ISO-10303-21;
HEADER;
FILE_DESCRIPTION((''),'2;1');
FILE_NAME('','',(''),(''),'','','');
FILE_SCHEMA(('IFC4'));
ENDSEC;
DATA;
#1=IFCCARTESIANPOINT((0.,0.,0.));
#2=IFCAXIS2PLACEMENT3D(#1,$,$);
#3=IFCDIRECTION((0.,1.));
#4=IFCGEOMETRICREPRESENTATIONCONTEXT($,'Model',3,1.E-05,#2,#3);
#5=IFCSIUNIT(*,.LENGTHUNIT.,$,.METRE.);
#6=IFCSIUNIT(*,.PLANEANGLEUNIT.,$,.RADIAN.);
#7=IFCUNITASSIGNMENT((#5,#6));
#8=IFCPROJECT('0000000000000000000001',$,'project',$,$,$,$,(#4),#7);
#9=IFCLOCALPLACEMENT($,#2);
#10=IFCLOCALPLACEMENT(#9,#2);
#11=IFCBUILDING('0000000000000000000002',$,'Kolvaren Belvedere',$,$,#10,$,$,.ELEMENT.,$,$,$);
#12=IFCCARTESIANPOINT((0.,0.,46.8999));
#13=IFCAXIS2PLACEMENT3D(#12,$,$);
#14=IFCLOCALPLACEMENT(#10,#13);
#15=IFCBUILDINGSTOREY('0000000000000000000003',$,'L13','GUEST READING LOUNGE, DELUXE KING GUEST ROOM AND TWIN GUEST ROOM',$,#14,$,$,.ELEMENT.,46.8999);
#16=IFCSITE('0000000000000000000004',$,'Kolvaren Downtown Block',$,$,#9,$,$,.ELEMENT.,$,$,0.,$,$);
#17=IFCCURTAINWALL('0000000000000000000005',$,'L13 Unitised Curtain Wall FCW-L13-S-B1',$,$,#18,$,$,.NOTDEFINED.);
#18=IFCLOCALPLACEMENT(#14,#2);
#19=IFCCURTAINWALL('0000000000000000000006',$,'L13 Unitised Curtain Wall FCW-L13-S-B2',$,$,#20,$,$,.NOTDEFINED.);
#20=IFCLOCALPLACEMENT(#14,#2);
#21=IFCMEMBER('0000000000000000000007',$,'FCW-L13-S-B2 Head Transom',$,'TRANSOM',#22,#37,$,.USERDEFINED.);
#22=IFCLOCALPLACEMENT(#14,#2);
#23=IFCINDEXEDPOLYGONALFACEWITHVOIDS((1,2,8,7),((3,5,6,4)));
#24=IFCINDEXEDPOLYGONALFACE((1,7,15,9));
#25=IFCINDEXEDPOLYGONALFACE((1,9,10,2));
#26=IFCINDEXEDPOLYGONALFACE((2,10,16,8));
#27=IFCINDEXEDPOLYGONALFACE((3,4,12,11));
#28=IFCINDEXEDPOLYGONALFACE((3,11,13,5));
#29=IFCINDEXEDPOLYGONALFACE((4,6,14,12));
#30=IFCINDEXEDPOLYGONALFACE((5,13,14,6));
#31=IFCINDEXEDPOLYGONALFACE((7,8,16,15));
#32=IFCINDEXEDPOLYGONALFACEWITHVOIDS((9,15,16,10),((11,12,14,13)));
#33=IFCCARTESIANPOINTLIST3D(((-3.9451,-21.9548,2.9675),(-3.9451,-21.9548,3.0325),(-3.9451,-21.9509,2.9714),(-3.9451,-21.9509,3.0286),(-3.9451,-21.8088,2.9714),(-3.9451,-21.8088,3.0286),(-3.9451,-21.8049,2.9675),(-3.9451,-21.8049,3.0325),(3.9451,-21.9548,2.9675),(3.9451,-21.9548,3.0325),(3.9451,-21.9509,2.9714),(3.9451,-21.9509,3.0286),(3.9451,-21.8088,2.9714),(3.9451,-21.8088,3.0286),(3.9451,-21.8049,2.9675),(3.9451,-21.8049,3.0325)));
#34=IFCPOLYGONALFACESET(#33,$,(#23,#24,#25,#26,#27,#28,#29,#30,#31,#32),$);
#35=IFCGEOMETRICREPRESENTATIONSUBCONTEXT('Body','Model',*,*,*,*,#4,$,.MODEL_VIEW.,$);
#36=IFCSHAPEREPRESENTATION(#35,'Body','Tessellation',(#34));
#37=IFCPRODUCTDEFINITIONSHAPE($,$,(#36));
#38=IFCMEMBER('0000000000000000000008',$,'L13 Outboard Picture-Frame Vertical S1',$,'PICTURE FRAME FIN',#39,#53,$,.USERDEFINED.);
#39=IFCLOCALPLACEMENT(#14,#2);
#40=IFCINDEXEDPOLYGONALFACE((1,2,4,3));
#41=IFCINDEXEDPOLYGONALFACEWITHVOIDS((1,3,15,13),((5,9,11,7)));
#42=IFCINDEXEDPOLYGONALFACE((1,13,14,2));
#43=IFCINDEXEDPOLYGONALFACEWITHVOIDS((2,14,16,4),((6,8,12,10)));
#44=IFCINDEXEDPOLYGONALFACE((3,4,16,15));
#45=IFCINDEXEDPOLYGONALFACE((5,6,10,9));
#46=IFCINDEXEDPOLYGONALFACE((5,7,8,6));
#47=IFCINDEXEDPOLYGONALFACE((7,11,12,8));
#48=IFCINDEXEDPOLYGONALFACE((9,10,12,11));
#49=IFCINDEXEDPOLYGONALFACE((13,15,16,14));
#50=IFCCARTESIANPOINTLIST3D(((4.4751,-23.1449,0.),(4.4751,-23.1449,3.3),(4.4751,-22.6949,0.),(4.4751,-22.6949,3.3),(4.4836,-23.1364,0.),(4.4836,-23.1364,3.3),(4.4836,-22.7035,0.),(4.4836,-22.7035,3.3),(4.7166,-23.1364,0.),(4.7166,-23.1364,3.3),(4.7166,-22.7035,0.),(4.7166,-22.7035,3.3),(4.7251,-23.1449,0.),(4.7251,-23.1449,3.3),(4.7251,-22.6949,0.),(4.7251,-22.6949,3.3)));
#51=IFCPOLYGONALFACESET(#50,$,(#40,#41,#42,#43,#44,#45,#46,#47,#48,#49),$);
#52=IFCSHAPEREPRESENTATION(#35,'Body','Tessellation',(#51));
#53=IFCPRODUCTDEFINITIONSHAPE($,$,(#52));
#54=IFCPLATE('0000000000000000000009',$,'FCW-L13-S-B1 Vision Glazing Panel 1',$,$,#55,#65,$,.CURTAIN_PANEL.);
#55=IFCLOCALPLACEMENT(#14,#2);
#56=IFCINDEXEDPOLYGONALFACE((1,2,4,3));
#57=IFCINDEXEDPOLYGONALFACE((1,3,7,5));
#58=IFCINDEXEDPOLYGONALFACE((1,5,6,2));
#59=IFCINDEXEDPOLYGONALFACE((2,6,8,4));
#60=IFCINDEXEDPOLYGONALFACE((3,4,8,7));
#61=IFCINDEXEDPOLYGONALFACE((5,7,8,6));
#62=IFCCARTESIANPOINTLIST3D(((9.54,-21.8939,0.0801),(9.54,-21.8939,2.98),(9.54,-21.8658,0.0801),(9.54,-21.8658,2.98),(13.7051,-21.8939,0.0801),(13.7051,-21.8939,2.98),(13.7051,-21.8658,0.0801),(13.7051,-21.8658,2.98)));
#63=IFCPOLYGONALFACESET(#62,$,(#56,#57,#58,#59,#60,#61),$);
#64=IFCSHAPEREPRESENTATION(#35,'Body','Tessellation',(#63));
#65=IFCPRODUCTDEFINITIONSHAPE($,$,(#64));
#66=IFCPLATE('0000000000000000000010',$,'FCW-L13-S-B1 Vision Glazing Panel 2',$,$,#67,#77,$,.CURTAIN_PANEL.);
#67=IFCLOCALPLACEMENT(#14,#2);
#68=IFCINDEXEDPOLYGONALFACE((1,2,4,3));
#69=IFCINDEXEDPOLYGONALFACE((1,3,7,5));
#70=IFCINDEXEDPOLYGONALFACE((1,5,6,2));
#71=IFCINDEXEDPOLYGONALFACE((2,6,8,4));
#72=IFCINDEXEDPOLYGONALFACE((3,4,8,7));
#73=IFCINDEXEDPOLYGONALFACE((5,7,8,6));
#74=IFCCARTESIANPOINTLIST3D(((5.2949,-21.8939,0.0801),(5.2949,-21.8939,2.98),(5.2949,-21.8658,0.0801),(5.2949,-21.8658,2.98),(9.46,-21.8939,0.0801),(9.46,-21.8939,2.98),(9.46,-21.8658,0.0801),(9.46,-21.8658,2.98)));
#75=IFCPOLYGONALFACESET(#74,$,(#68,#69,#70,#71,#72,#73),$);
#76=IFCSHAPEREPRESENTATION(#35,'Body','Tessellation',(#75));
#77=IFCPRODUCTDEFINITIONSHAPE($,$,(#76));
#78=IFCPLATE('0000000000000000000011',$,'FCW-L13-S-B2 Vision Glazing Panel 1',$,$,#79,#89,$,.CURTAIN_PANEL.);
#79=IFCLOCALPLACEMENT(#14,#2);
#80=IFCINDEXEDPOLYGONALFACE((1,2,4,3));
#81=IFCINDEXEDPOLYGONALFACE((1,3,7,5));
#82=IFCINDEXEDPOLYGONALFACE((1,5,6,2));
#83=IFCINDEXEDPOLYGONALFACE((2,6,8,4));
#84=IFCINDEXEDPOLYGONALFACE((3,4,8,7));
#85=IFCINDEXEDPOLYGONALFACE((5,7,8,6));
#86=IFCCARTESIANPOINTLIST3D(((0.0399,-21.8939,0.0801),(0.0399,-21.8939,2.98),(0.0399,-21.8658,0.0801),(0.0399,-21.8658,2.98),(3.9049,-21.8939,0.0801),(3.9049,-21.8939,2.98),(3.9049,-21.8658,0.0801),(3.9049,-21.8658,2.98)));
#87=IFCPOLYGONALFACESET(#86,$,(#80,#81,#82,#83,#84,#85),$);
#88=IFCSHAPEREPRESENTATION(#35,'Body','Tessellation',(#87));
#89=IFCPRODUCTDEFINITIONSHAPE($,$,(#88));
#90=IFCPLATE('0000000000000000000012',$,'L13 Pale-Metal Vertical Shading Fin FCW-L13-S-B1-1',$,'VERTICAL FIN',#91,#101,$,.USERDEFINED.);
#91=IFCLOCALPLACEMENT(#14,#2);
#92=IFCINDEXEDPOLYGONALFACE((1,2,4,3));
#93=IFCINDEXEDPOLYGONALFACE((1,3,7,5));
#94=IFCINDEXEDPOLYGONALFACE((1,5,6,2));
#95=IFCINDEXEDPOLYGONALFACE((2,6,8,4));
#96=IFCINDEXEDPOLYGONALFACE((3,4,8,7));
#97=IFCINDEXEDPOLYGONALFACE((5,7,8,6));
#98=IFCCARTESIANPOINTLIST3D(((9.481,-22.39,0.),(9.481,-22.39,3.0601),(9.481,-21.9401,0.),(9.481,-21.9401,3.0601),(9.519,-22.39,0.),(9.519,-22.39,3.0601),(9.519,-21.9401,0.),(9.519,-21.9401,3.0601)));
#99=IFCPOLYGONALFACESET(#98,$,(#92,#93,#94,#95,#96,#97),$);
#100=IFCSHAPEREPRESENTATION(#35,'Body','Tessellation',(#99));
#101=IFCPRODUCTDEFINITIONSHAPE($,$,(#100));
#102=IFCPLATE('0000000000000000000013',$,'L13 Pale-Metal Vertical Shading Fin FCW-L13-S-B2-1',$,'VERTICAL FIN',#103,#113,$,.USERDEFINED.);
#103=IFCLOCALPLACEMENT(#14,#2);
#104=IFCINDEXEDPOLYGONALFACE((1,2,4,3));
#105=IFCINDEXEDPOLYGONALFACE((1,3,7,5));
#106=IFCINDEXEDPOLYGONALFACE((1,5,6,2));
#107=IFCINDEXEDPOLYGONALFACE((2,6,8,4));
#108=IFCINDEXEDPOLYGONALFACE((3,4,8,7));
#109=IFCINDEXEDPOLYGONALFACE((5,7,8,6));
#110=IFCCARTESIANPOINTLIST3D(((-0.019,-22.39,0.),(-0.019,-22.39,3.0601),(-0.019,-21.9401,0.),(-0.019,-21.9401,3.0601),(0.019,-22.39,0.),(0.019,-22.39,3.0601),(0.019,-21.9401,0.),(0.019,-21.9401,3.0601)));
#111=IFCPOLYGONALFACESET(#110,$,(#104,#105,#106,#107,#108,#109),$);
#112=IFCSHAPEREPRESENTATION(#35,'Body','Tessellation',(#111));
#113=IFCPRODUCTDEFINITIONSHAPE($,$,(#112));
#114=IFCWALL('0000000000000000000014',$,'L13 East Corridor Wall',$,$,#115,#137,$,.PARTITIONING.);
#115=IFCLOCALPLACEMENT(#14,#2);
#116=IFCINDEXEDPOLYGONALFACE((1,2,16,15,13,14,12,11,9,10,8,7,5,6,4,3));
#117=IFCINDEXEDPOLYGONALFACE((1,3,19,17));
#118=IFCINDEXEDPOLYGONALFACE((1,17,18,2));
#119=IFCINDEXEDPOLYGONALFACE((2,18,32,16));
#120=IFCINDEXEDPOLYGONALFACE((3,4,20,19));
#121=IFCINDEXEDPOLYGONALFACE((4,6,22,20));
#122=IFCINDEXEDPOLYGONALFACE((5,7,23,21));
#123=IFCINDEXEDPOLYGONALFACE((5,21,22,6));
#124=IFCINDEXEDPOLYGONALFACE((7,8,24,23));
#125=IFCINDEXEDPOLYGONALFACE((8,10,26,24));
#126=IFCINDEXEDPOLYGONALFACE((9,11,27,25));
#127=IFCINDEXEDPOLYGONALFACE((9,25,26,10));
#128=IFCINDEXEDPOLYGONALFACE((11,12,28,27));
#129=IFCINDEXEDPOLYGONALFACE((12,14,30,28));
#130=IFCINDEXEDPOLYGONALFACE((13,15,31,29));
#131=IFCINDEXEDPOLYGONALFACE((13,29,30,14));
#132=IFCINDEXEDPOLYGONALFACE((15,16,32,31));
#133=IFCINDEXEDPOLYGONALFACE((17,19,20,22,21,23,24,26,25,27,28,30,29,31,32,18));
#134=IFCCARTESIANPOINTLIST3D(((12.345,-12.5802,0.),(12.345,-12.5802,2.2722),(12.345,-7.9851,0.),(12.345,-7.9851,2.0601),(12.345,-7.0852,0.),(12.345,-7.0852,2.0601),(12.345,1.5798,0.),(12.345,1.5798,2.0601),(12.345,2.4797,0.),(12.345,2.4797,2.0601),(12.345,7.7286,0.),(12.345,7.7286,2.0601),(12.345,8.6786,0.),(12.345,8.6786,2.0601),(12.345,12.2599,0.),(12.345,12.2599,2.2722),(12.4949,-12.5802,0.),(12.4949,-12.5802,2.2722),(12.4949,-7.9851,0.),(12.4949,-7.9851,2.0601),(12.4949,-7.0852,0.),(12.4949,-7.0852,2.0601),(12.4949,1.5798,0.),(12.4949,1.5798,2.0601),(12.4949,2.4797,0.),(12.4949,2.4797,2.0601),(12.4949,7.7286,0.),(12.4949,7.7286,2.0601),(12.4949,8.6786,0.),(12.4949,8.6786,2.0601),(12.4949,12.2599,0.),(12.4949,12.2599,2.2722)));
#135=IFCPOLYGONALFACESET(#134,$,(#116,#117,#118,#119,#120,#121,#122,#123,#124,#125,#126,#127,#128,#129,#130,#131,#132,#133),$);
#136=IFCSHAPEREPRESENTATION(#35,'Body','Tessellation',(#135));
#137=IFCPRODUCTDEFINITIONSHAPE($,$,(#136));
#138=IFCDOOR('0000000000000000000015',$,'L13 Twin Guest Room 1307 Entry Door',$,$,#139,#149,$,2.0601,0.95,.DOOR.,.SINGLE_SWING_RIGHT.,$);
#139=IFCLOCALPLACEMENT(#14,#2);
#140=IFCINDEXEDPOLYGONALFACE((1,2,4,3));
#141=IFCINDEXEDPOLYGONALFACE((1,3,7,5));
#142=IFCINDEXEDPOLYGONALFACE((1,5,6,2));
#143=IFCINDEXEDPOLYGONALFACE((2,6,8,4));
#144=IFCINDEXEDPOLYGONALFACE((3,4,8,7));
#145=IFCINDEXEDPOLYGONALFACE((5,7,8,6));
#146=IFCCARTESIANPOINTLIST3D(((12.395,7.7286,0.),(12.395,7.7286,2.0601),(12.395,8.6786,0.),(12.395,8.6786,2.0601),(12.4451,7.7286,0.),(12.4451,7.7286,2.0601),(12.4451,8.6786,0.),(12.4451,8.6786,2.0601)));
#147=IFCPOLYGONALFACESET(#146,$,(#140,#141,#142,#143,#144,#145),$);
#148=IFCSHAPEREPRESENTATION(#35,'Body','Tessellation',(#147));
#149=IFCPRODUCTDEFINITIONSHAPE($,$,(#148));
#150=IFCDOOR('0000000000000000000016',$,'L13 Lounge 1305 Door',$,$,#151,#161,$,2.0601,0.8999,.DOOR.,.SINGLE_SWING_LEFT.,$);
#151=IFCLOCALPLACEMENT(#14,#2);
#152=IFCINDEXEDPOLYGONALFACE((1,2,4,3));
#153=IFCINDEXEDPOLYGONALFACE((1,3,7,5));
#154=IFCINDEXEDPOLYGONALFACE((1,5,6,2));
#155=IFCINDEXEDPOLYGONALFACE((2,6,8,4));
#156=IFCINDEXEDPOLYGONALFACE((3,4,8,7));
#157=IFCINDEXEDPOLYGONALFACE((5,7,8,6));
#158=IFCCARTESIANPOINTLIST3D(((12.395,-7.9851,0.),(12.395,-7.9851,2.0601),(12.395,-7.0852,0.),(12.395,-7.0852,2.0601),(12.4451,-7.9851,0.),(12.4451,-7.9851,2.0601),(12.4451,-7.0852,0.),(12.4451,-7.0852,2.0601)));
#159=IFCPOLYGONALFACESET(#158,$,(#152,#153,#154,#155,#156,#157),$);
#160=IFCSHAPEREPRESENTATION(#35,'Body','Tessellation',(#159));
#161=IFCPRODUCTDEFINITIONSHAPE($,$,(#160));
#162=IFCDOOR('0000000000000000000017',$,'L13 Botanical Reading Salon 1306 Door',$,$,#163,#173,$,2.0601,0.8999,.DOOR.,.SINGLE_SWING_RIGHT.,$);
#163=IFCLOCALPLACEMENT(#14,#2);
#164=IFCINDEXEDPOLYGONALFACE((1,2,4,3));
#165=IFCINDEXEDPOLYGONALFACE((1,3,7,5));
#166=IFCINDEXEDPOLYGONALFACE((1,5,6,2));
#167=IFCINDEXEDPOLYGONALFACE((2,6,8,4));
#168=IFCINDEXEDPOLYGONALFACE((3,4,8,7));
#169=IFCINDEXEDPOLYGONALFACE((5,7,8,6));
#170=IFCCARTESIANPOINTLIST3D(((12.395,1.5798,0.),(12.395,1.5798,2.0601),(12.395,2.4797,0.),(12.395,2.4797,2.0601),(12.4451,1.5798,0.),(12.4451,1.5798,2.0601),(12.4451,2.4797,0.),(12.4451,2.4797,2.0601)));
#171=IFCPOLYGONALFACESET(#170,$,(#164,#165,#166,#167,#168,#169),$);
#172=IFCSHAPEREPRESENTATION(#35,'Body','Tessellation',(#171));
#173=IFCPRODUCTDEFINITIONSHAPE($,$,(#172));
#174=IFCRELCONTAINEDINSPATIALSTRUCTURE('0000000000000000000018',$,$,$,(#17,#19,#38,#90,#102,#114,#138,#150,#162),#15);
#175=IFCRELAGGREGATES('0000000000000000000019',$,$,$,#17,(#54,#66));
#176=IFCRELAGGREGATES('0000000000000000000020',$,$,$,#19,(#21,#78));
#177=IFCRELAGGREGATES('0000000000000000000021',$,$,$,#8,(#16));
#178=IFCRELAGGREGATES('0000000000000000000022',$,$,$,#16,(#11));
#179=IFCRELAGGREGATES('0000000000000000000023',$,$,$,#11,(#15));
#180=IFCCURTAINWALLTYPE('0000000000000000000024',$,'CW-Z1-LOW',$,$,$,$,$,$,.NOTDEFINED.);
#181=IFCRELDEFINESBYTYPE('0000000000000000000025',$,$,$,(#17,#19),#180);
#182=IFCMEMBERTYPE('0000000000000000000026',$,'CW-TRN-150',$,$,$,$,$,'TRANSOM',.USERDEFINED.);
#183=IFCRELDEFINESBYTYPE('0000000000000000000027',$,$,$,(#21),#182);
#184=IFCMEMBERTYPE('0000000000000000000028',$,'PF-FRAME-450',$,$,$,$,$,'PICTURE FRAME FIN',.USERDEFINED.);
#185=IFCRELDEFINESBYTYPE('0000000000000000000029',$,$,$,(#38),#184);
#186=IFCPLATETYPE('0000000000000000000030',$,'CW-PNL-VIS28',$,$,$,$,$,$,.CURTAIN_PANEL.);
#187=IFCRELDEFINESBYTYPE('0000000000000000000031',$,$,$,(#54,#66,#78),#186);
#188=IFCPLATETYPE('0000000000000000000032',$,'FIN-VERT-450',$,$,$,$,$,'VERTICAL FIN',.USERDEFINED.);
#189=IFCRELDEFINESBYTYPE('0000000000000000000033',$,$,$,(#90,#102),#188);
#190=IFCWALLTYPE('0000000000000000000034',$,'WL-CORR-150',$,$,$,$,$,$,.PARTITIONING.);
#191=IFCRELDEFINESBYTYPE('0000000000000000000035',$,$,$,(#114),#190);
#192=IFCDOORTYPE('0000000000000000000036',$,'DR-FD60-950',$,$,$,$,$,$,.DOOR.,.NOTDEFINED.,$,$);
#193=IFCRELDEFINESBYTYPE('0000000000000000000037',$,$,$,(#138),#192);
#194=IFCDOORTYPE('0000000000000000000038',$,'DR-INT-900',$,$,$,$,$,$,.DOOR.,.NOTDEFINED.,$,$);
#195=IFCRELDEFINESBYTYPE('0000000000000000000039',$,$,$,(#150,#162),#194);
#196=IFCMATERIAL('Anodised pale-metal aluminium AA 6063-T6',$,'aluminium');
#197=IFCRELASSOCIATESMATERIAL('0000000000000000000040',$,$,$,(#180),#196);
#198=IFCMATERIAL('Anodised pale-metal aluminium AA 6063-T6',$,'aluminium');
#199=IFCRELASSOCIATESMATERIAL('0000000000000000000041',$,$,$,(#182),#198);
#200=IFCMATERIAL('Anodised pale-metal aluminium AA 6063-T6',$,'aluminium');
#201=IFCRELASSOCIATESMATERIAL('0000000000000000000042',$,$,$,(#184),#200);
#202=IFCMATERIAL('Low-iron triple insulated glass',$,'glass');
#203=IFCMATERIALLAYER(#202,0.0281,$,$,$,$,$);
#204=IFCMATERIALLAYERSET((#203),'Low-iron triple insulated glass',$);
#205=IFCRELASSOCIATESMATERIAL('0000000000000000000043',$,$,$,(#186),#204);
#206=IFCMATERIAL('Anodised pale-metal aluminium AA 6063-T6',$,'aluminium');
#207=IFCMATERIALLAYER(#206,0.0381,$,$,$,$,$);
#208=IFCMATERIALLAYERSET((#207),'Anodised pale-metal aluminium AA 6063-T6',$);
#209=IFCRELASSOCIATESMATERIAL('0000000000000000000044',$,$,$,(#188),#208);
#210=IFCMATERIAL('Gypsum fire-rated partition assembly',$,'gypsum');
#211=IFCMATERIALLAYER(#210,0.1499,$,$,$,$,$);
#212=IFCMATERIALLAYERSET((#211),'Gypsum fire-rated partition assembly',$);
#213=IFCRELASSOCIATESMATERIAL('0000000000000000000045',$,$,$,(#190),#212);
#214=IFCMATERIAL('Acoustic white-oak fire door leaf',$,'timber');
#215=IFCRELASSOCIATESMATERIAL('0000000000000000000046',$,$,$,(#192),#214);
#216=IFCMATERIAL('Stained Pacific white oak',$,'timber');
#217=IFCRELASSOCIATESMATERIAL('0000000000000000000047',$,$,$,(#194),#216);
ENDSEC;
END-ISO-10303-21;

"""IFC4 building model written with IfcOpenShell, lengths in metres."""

from ifc_helpers import new_model, si_unit, direction, frame, frame_2d, origin, origin_2d, place, context, subcontext, project, spatial, rectangle, hollow_rectangle, extrude, material, layer, layer_set, material_profile, profile_set, type_object, element, fill, aggregate, save


model = new_model("IFC4")

# Units and contexts
model_context = context("Model", 3, precision=1e-05, world=origin(), true_north=direction((0.0, 1.0)))
body_context = subcontext(model_context, "Body", "Model", "MODEL_VIEW")
ifc_project = project(units=[si_unit("LENGTHUNIT", "METRE"), si_unit("PLANEANGLEUNIT", "RADIAN")], contexts=[model_context])

# Site, building, storey
site_placement = place(None, origin())
site = spatial("IfcSite", under=ifc_project, at=site_placement, Name="Kolvaren Downtown Block", CompositionType="ELEMENT", RefElevation=0.0)
building_placement = place(site_placement, origin())
building = spatial("IfcBuilding", under=site, at=building_placement, Name="Kolvaren Belvedere", CompositionType="ELEMENT")
storey_placement = place(building_placement, frame((0.0, 0.0, 46.8999)))
storey = spatial("IfcBuildingStorey", under=building, at=storey_placement, Name="L13", Description="GUEST READING LOUNGE, DELUXE KING GUEST ROOM AND TWIN GUEST ROOM", CompositionType="ELEMENT", Elevation=46.8999)

# Curtain walls, member
ifc_material_1 = material(Name="Anodised pale-metal aluminium AA 6063-T6", Category="aluminium")
curtain_wall_type = type_object("IfcCurtainWallType", Name="CW-Z1-LOW", PredefinedType="NOTDEFINED", material=ifc_material_1)
curtain_wall_1_placement = place(storey_placement, origin())
curtain_wall_1 = element("IfcCurtainWall", 1, at=curtain_wall_1_placement, inside=storey, type_object=curtain_wall_type, Name="L13 Unitised Curtain Wall FCW-L13-S-B1", PredefinedType="NOTDEFINED")
curtain_wall_2_placement = place(storey_placement, origin())
curtain_wall_2 = element("IfcCurtainWall", 2, at=curtain_wall_2_placement, inside=storey, type_object=curtain_wall_type, Name="L13 Unitised Curtain Wall FCW-L13-S-B2", PredefinedType="NOTDEFINED")
ifc_material_2 = material(Name="Anodised pale-metal aluminium AA 6063-T6", Category="aluminium")
ifc_material_profile_1 = material_profile(ifc_material_2, hollow_rectangle(XDim=0.0649, YDim=0.1499, WallThickness=0.0039, at=origin_2d()), Name="ALU-TRN-150X65")
ifc_profile_set_1 = profile_set([ifc_material_profile_1], Name="Anodised pale-metal aluminium AA 6063-T6")
member_type_1 = type_object("IfcMemberType", Name="CW-TRN-150", ElementType="TRANSOM", PredefinedType="USERDEFINED", material=ifc_profile_set_1)
member_1_placement = place(storey_placement, frame((3.9451, -21.8799, 3.0), z_axis=(-1.0, 0.0, 0.0), x_axis=(0.0, 0.0, 1.0)))
member_1 = element("IfcMember", 3, at=member_1_placement, type_object=member_type_1, Name="FCW-L13-S-B2 Head Transom", ObjectType="TRANSOM", PredefinedType="USERDEFINED", context=body_context, shape_type="SweptSolid", body=[
    extrude(hollow_rectangle(XDim=0.0649, YDim=0.1499, WallThickness=0.0039, at=origin_2d()), origin(), (0.0, 0.0, 1.0), 7.8901),
])

# Member
ifc_material_3 = material(Name="Anodised pale-metal aluminium AA 6063-T6", Category="aluminium")
ifc_material_profile_2 = material_profile(ifc_material_3, hollow_rectangle(XDim=0.25, YDim=0.45, WallThickness=0.0085, at=origin_2d()), Name="ALU-PF-450X250")
ifc_profile_set_2 = profile_set([ifc_material_profile_2], Name="Anodised pale-metal aluminium AA 6063-T6")
member_type_2 = type_object("IfcMemberType", Name="PF-FRAME-450", ElementType="PICTURE FRAME FIN", PredefinedType="USERDEFINED", material=ifc_profile_set_2)
member_2_placement = place(storey_placement, frame((4.6001, -22.9199, 0.0), z_axis=(0.0, 0.0, 1.0), x_axis=(1.0, 0.0, 0.0)))
element("IfcMember", 4, at=member_2_placement, inside=storey, type_object=member_type_2, Name="L13 Outboard Picture-Frame Vertical S1", ObjectType="PICTURE FRAME FIN", PredefinedType="USERDEFINED", context=body_context, shape_type="SweptSolid", body=[
    extrude(hollow_rectangle(XDim=0.25, YDim=0.45, WallThickness=0.0085, at=origin_2d()), origin(), (0.0, 0.0, 1.0), 3.3),
])

# Plates
ifc_material_4 = material(Name="Low-iron triple insulated glass", Category="glass")
ifc_layer_1 = layer(ifc_material_4, 0.0281)
ifc_layer_set_1 = layer_set([ifc_layer_1], Name="Low-iron triple insulated glass")
plate_type_1 = type_object("IfcPlateType", Name="CW-PNL-VIS28", PredefinedType="CURTAIN_PANEL", material=ifc_layer_set_1)
plate_1_placement = place(storey_placement, frame((11.6226, -21.8799, 0.0801), z_axis=(0.0, 0.0, 1.0), x_axis=(-1.0, 0.0, 0.0)))
plate_1 = element("IfcPlate", 5, at=plate_1_placement, type_object=plate_type_1, Name="FCW-L13-S-B1 Vision Glazing Panel 1", PredefinedType="CURTAIN_PANEL", context=body_context, shape_type="SweptSolid", body=[
    extrude(rectangle(XDim=4.165, YDim=0.0281, at=origin_2d()), origin(), (0.0, 0.0, 1.0), 2.8999),
])
plate_2_placement = place(storey_placement, frame((7.3774, -21.8799, 0.0801), z_axis=(0.0, 0.0, 1.0), x_axis=(-1.0, 0.0, 0.0)))
plate_2 = element("IfcPlate", 6, at=plate_2_placement, type_object=plate_type_1, Name="FCW-L13-S-B1 Vision Glazing Panel 2", PredefinedType="CURTAIN_PANEL", context=body_context, shape_type="SweptSolid", body=[
    extrude(rectangle(XDim=4.165, YDim=0.0281, at=origin_2d()), origin(), (0.0, 0.0, 1.0), 2.8999),
])
aggregate(curtain_wall_1, [plate_1, plate_2])
plate_3_placement = place(storey_placement, frame((1.9724, -21.8799, 0.0801), z_axis=(0.0, 0.0, 1.0), x_axis=(-1.0, 0.0, 0.0)))
plate_3 = element("IfcPlate", 7, at=plate_3_placement, type_object=plate_type_1, Name="FCW-L13-S-B2 Vision Glazing Panel 1", PredefinedType="CURTAIN_PANEL", context=body_context, shape_type="SweptSolid", body=[
    extrude(rectangle(XDim=3.865, YDim=0.0281, at=origin_2d()), origin(), (0.0, 0.0, 1.0), 2.8999),
])
aggregate(curtain_wall_2, [member_1, plate_3])

# Plates
ifc_material_5 = material(Name="Anodised pale-metal aluminium AA 6063-T6", Category="aluminium")
ifc_layer_2 = layer(ifc_material_5, 0.0381)
ifc_layer_set_2 = layer_set([ifc_layer_2], Name="Anodised pale-metal aluminium AA 6063-T6")
plate_type_2 = type_object("IfcPlateType", Name="FIN-VERT-450", ElementType="VERTICAL FIN", PredefinedType="USERDEFINED", material=ifc_layer_set_2)
for number, where, z_axis, x_axis, name in (
    (8, (9.5, -22.165, 0.0), (0.0, 0.0, 1.0), (0.0, 1.0, 0.0), "L13 Pale-Metal Vertical Shading Fin FCW-L13-S-B1-1"),
    (9, (0.0, -22.165, 0.0), (0.0, 0.0, 1.0), (0.0, 1.0, 0.0), "L13 Pale-Metal Vertical Shading Fin FCW-L13-S-B2-1"),
):
    element("IfcPlate", number, at=place(storey_placement, frame(where, z_axis=z_axis, x_axis=x_axis)), inside=storey, type_object=plate_type_2, Name=name, ObjectType="VERTICAL FIN", PredefinedType="USERDEFINED", context=body_context, shape_type="SweptSolid", body=[
        extrude(rectangle(XDim=0.45, YDim=0.0381, at=origin_2d()), origin(), (0.0, 0.0, 1.0), 3.0601),
    ])

# Wall, openings, doors
ifc_material_6 = material(Name="Gypsum fire-rated partition assembly", Category="gypsum")
ifc_layer_3 = layer(ifc_material_6, 0.1499)
ifc_layer_set_3 = layer_set([ifc_layer_3], Name="Gypsum fire-rated partition assembly")
wall_type_1 = type_object("IfcWallType", Name="WL-CORR-150", PredefinedType="PARTITIONING", material=ifc_layer_set_3)
wall_1_placement = place(storey_placement, frame((12.4199, -12.5801, 0.0), z_axis=(0.0, 0.0, 1.0), x_axis=(0.0, 1.0, 0.0)))
wall_1 = element("IfcWall", 10, at=wall_1_placement, inside=storey, type_object=wall_type_1, Name="L13 East Corridor Wall", PredefinedType="PARTITIONING", context=body_context, shape_type="SweptSolid", body=[
    extrude(rectangle(XDim=24.8401, YDim=0.1499, at=frame_2d((12.4199, 0.0))), origin(), (0.0, 0.0, 1.0), 2.2722),
])
opening_1_placement = place(wall_1_placement, frame((4.595, 0.0, 0.0)))
opening_1 = element("IfcOpeningElement", 11, at=opening_1_placement, cuts=wall_1, PredefinedType="OPENING", context=body_context, shape_type="SweptSolid", body=[
    extrude(rectangle(XDim=0.8999, YDim=2.0601, at=frame_2d((0.45, 1.03))), frame((0.0, 0.085, 0.0), z_axis=(0.0, -1.0, 0.0), x_axis=(1.0, 0.0, 0.0)), (0.0, 0.0, 1.0), 0.1699),
])
opening_2_placement = place(wall_1_placement, frame((14.1599, 0.0, 0.0)))
opening_2 = element("IfcOpeningElement", 12, at=opening_2_placement, cuts=wall_1, PredefinedType="OPENING", context=body_context, shape_type="SweptSolid", body=[
    extrude(rectangle(XDim=0.8999, YDim=2.0601, at=frame_2d((0.45, 1.03))), frame((0.0, 0.085, 0.0), z_axis=(0.0, -1.0, 0.0), x_axis=(1.0, 0.0, 0.0)), (0.0, 0.0, 1.0), 0.1699),
])
opening_3_placement = place(wall_1_placement, frame((20.3086, 0.0, 0.0)))
opening_3 = element("IfcOpeningElement", 13, at=opening_3_placement, cuts=wall_1, PredefinedType="OPENING", context=body_context, shape_type="SweptSolid", body=[
    extrude(rectangle(XDim=0.95, YDim=2.0601, at=frame_2d((0.4751, 1.03))), frame((0.0, 0.085, 0.0), z_axis=(0.0, -1.0, 0.0), x_axis=(1.0, 0.0, 0.0)), (0.0, 0.0, 1.0), 0.1699),
])
ifc_material_7 = material(Name="Acoustic white-oak fire door leaf", Category="timber")
door_type_1 = type_object("IfcDoorType", Name="DR-FD60-950", OperationType="NOTDEFINED", PredefinedType="DOOR", material=ifc_material_7)
door_1_placement = place(opening_3_placement, origin())
door_1 = element("IfcDoor", 14, at=door_1_placement, inside=storey, type_object=door_type_1, Name="L13 Twin Guest Room 1307 Entry Door", OperationType="SINGLE_SWING_RIGHT", OverallHeight=2.0601, OverallWidth=0.95, PredefinedType="DOOR", context=body_context, shape_type="SweptSolid", body=[
    extrude(rectangle(XDim=0.95, YDim=2.0601, at=frame_2d((0.4751, 1.03))), frame((0.0, 0.0249, 0.0), z_axis=(0.0, -1.0, 0.0), x_axis=(1.0, 0.0, 0.0)), (0.0, 0.0, 1.0), 0.05),
])
fill(opening_3, door_1)
ifc_material_8 = material(Name="Stained Pacific white oak", Category="timber")
door_type_2 = type_object("IfcDoorType", Name="DR-INT-900", OperationType="NOTDEFINED", PredefinedType="DOOR", material=ifc_material_8)
door_2_placement = place(opening_1_placement, origin())
door_2 = element("IfcDoor", 15, at=door_2_placement, inside=storey, type_object=door_type_2, Name="L13 Lounge 1305 Door", OperationType="SINGLE_SWING_LEFT", OverallHeight=2.0601, OverallWidth=0.8999, PredefinedType="DOOR", context=body_context, shape_type="SweptSolid", body=[
    extrude(rectangle(XDim=0.8999, YDim=2.0601, at=frame_2d((0.45, 1.03))), frame((0.0, 0.0249, 0.0), z_axis=(0.0, -1.0, 0.0), x_axis=(1.0, 0.0, 0.0)), (0.0, 0.0, 1.0), 0.05),
])
fill(opening_1, door_2)
door_3_placement = place(opening_2_placement, origin())
door_3 = element("IfcDoor", 16, at=door_3_placement, inside=storey, type_object=door_type_2, Name="L13 Botanical Reading Salon 1306 Door", OperationType="SINGLE_SWING_RIGHT", OverallHeight=2.0601, OverallWidth=0.8999, PredefinedType="DOOR", context=body_context, shape_type="SweptSolid", body=[
    extrude(rectangle(XDim=0.8999, YDim=2.0601, at=frame_2d((0.45, 1.03))), frame((0.0, 0.0249, 0.0), z_axis=(0.0, -1.0, 0.0), x_axis=(1.0, 0.0, 0.0)), (0.0, 0.0, 1.0), 0.05),
])
fill(opening_2, door_3)

save(model, "model.ifc")
